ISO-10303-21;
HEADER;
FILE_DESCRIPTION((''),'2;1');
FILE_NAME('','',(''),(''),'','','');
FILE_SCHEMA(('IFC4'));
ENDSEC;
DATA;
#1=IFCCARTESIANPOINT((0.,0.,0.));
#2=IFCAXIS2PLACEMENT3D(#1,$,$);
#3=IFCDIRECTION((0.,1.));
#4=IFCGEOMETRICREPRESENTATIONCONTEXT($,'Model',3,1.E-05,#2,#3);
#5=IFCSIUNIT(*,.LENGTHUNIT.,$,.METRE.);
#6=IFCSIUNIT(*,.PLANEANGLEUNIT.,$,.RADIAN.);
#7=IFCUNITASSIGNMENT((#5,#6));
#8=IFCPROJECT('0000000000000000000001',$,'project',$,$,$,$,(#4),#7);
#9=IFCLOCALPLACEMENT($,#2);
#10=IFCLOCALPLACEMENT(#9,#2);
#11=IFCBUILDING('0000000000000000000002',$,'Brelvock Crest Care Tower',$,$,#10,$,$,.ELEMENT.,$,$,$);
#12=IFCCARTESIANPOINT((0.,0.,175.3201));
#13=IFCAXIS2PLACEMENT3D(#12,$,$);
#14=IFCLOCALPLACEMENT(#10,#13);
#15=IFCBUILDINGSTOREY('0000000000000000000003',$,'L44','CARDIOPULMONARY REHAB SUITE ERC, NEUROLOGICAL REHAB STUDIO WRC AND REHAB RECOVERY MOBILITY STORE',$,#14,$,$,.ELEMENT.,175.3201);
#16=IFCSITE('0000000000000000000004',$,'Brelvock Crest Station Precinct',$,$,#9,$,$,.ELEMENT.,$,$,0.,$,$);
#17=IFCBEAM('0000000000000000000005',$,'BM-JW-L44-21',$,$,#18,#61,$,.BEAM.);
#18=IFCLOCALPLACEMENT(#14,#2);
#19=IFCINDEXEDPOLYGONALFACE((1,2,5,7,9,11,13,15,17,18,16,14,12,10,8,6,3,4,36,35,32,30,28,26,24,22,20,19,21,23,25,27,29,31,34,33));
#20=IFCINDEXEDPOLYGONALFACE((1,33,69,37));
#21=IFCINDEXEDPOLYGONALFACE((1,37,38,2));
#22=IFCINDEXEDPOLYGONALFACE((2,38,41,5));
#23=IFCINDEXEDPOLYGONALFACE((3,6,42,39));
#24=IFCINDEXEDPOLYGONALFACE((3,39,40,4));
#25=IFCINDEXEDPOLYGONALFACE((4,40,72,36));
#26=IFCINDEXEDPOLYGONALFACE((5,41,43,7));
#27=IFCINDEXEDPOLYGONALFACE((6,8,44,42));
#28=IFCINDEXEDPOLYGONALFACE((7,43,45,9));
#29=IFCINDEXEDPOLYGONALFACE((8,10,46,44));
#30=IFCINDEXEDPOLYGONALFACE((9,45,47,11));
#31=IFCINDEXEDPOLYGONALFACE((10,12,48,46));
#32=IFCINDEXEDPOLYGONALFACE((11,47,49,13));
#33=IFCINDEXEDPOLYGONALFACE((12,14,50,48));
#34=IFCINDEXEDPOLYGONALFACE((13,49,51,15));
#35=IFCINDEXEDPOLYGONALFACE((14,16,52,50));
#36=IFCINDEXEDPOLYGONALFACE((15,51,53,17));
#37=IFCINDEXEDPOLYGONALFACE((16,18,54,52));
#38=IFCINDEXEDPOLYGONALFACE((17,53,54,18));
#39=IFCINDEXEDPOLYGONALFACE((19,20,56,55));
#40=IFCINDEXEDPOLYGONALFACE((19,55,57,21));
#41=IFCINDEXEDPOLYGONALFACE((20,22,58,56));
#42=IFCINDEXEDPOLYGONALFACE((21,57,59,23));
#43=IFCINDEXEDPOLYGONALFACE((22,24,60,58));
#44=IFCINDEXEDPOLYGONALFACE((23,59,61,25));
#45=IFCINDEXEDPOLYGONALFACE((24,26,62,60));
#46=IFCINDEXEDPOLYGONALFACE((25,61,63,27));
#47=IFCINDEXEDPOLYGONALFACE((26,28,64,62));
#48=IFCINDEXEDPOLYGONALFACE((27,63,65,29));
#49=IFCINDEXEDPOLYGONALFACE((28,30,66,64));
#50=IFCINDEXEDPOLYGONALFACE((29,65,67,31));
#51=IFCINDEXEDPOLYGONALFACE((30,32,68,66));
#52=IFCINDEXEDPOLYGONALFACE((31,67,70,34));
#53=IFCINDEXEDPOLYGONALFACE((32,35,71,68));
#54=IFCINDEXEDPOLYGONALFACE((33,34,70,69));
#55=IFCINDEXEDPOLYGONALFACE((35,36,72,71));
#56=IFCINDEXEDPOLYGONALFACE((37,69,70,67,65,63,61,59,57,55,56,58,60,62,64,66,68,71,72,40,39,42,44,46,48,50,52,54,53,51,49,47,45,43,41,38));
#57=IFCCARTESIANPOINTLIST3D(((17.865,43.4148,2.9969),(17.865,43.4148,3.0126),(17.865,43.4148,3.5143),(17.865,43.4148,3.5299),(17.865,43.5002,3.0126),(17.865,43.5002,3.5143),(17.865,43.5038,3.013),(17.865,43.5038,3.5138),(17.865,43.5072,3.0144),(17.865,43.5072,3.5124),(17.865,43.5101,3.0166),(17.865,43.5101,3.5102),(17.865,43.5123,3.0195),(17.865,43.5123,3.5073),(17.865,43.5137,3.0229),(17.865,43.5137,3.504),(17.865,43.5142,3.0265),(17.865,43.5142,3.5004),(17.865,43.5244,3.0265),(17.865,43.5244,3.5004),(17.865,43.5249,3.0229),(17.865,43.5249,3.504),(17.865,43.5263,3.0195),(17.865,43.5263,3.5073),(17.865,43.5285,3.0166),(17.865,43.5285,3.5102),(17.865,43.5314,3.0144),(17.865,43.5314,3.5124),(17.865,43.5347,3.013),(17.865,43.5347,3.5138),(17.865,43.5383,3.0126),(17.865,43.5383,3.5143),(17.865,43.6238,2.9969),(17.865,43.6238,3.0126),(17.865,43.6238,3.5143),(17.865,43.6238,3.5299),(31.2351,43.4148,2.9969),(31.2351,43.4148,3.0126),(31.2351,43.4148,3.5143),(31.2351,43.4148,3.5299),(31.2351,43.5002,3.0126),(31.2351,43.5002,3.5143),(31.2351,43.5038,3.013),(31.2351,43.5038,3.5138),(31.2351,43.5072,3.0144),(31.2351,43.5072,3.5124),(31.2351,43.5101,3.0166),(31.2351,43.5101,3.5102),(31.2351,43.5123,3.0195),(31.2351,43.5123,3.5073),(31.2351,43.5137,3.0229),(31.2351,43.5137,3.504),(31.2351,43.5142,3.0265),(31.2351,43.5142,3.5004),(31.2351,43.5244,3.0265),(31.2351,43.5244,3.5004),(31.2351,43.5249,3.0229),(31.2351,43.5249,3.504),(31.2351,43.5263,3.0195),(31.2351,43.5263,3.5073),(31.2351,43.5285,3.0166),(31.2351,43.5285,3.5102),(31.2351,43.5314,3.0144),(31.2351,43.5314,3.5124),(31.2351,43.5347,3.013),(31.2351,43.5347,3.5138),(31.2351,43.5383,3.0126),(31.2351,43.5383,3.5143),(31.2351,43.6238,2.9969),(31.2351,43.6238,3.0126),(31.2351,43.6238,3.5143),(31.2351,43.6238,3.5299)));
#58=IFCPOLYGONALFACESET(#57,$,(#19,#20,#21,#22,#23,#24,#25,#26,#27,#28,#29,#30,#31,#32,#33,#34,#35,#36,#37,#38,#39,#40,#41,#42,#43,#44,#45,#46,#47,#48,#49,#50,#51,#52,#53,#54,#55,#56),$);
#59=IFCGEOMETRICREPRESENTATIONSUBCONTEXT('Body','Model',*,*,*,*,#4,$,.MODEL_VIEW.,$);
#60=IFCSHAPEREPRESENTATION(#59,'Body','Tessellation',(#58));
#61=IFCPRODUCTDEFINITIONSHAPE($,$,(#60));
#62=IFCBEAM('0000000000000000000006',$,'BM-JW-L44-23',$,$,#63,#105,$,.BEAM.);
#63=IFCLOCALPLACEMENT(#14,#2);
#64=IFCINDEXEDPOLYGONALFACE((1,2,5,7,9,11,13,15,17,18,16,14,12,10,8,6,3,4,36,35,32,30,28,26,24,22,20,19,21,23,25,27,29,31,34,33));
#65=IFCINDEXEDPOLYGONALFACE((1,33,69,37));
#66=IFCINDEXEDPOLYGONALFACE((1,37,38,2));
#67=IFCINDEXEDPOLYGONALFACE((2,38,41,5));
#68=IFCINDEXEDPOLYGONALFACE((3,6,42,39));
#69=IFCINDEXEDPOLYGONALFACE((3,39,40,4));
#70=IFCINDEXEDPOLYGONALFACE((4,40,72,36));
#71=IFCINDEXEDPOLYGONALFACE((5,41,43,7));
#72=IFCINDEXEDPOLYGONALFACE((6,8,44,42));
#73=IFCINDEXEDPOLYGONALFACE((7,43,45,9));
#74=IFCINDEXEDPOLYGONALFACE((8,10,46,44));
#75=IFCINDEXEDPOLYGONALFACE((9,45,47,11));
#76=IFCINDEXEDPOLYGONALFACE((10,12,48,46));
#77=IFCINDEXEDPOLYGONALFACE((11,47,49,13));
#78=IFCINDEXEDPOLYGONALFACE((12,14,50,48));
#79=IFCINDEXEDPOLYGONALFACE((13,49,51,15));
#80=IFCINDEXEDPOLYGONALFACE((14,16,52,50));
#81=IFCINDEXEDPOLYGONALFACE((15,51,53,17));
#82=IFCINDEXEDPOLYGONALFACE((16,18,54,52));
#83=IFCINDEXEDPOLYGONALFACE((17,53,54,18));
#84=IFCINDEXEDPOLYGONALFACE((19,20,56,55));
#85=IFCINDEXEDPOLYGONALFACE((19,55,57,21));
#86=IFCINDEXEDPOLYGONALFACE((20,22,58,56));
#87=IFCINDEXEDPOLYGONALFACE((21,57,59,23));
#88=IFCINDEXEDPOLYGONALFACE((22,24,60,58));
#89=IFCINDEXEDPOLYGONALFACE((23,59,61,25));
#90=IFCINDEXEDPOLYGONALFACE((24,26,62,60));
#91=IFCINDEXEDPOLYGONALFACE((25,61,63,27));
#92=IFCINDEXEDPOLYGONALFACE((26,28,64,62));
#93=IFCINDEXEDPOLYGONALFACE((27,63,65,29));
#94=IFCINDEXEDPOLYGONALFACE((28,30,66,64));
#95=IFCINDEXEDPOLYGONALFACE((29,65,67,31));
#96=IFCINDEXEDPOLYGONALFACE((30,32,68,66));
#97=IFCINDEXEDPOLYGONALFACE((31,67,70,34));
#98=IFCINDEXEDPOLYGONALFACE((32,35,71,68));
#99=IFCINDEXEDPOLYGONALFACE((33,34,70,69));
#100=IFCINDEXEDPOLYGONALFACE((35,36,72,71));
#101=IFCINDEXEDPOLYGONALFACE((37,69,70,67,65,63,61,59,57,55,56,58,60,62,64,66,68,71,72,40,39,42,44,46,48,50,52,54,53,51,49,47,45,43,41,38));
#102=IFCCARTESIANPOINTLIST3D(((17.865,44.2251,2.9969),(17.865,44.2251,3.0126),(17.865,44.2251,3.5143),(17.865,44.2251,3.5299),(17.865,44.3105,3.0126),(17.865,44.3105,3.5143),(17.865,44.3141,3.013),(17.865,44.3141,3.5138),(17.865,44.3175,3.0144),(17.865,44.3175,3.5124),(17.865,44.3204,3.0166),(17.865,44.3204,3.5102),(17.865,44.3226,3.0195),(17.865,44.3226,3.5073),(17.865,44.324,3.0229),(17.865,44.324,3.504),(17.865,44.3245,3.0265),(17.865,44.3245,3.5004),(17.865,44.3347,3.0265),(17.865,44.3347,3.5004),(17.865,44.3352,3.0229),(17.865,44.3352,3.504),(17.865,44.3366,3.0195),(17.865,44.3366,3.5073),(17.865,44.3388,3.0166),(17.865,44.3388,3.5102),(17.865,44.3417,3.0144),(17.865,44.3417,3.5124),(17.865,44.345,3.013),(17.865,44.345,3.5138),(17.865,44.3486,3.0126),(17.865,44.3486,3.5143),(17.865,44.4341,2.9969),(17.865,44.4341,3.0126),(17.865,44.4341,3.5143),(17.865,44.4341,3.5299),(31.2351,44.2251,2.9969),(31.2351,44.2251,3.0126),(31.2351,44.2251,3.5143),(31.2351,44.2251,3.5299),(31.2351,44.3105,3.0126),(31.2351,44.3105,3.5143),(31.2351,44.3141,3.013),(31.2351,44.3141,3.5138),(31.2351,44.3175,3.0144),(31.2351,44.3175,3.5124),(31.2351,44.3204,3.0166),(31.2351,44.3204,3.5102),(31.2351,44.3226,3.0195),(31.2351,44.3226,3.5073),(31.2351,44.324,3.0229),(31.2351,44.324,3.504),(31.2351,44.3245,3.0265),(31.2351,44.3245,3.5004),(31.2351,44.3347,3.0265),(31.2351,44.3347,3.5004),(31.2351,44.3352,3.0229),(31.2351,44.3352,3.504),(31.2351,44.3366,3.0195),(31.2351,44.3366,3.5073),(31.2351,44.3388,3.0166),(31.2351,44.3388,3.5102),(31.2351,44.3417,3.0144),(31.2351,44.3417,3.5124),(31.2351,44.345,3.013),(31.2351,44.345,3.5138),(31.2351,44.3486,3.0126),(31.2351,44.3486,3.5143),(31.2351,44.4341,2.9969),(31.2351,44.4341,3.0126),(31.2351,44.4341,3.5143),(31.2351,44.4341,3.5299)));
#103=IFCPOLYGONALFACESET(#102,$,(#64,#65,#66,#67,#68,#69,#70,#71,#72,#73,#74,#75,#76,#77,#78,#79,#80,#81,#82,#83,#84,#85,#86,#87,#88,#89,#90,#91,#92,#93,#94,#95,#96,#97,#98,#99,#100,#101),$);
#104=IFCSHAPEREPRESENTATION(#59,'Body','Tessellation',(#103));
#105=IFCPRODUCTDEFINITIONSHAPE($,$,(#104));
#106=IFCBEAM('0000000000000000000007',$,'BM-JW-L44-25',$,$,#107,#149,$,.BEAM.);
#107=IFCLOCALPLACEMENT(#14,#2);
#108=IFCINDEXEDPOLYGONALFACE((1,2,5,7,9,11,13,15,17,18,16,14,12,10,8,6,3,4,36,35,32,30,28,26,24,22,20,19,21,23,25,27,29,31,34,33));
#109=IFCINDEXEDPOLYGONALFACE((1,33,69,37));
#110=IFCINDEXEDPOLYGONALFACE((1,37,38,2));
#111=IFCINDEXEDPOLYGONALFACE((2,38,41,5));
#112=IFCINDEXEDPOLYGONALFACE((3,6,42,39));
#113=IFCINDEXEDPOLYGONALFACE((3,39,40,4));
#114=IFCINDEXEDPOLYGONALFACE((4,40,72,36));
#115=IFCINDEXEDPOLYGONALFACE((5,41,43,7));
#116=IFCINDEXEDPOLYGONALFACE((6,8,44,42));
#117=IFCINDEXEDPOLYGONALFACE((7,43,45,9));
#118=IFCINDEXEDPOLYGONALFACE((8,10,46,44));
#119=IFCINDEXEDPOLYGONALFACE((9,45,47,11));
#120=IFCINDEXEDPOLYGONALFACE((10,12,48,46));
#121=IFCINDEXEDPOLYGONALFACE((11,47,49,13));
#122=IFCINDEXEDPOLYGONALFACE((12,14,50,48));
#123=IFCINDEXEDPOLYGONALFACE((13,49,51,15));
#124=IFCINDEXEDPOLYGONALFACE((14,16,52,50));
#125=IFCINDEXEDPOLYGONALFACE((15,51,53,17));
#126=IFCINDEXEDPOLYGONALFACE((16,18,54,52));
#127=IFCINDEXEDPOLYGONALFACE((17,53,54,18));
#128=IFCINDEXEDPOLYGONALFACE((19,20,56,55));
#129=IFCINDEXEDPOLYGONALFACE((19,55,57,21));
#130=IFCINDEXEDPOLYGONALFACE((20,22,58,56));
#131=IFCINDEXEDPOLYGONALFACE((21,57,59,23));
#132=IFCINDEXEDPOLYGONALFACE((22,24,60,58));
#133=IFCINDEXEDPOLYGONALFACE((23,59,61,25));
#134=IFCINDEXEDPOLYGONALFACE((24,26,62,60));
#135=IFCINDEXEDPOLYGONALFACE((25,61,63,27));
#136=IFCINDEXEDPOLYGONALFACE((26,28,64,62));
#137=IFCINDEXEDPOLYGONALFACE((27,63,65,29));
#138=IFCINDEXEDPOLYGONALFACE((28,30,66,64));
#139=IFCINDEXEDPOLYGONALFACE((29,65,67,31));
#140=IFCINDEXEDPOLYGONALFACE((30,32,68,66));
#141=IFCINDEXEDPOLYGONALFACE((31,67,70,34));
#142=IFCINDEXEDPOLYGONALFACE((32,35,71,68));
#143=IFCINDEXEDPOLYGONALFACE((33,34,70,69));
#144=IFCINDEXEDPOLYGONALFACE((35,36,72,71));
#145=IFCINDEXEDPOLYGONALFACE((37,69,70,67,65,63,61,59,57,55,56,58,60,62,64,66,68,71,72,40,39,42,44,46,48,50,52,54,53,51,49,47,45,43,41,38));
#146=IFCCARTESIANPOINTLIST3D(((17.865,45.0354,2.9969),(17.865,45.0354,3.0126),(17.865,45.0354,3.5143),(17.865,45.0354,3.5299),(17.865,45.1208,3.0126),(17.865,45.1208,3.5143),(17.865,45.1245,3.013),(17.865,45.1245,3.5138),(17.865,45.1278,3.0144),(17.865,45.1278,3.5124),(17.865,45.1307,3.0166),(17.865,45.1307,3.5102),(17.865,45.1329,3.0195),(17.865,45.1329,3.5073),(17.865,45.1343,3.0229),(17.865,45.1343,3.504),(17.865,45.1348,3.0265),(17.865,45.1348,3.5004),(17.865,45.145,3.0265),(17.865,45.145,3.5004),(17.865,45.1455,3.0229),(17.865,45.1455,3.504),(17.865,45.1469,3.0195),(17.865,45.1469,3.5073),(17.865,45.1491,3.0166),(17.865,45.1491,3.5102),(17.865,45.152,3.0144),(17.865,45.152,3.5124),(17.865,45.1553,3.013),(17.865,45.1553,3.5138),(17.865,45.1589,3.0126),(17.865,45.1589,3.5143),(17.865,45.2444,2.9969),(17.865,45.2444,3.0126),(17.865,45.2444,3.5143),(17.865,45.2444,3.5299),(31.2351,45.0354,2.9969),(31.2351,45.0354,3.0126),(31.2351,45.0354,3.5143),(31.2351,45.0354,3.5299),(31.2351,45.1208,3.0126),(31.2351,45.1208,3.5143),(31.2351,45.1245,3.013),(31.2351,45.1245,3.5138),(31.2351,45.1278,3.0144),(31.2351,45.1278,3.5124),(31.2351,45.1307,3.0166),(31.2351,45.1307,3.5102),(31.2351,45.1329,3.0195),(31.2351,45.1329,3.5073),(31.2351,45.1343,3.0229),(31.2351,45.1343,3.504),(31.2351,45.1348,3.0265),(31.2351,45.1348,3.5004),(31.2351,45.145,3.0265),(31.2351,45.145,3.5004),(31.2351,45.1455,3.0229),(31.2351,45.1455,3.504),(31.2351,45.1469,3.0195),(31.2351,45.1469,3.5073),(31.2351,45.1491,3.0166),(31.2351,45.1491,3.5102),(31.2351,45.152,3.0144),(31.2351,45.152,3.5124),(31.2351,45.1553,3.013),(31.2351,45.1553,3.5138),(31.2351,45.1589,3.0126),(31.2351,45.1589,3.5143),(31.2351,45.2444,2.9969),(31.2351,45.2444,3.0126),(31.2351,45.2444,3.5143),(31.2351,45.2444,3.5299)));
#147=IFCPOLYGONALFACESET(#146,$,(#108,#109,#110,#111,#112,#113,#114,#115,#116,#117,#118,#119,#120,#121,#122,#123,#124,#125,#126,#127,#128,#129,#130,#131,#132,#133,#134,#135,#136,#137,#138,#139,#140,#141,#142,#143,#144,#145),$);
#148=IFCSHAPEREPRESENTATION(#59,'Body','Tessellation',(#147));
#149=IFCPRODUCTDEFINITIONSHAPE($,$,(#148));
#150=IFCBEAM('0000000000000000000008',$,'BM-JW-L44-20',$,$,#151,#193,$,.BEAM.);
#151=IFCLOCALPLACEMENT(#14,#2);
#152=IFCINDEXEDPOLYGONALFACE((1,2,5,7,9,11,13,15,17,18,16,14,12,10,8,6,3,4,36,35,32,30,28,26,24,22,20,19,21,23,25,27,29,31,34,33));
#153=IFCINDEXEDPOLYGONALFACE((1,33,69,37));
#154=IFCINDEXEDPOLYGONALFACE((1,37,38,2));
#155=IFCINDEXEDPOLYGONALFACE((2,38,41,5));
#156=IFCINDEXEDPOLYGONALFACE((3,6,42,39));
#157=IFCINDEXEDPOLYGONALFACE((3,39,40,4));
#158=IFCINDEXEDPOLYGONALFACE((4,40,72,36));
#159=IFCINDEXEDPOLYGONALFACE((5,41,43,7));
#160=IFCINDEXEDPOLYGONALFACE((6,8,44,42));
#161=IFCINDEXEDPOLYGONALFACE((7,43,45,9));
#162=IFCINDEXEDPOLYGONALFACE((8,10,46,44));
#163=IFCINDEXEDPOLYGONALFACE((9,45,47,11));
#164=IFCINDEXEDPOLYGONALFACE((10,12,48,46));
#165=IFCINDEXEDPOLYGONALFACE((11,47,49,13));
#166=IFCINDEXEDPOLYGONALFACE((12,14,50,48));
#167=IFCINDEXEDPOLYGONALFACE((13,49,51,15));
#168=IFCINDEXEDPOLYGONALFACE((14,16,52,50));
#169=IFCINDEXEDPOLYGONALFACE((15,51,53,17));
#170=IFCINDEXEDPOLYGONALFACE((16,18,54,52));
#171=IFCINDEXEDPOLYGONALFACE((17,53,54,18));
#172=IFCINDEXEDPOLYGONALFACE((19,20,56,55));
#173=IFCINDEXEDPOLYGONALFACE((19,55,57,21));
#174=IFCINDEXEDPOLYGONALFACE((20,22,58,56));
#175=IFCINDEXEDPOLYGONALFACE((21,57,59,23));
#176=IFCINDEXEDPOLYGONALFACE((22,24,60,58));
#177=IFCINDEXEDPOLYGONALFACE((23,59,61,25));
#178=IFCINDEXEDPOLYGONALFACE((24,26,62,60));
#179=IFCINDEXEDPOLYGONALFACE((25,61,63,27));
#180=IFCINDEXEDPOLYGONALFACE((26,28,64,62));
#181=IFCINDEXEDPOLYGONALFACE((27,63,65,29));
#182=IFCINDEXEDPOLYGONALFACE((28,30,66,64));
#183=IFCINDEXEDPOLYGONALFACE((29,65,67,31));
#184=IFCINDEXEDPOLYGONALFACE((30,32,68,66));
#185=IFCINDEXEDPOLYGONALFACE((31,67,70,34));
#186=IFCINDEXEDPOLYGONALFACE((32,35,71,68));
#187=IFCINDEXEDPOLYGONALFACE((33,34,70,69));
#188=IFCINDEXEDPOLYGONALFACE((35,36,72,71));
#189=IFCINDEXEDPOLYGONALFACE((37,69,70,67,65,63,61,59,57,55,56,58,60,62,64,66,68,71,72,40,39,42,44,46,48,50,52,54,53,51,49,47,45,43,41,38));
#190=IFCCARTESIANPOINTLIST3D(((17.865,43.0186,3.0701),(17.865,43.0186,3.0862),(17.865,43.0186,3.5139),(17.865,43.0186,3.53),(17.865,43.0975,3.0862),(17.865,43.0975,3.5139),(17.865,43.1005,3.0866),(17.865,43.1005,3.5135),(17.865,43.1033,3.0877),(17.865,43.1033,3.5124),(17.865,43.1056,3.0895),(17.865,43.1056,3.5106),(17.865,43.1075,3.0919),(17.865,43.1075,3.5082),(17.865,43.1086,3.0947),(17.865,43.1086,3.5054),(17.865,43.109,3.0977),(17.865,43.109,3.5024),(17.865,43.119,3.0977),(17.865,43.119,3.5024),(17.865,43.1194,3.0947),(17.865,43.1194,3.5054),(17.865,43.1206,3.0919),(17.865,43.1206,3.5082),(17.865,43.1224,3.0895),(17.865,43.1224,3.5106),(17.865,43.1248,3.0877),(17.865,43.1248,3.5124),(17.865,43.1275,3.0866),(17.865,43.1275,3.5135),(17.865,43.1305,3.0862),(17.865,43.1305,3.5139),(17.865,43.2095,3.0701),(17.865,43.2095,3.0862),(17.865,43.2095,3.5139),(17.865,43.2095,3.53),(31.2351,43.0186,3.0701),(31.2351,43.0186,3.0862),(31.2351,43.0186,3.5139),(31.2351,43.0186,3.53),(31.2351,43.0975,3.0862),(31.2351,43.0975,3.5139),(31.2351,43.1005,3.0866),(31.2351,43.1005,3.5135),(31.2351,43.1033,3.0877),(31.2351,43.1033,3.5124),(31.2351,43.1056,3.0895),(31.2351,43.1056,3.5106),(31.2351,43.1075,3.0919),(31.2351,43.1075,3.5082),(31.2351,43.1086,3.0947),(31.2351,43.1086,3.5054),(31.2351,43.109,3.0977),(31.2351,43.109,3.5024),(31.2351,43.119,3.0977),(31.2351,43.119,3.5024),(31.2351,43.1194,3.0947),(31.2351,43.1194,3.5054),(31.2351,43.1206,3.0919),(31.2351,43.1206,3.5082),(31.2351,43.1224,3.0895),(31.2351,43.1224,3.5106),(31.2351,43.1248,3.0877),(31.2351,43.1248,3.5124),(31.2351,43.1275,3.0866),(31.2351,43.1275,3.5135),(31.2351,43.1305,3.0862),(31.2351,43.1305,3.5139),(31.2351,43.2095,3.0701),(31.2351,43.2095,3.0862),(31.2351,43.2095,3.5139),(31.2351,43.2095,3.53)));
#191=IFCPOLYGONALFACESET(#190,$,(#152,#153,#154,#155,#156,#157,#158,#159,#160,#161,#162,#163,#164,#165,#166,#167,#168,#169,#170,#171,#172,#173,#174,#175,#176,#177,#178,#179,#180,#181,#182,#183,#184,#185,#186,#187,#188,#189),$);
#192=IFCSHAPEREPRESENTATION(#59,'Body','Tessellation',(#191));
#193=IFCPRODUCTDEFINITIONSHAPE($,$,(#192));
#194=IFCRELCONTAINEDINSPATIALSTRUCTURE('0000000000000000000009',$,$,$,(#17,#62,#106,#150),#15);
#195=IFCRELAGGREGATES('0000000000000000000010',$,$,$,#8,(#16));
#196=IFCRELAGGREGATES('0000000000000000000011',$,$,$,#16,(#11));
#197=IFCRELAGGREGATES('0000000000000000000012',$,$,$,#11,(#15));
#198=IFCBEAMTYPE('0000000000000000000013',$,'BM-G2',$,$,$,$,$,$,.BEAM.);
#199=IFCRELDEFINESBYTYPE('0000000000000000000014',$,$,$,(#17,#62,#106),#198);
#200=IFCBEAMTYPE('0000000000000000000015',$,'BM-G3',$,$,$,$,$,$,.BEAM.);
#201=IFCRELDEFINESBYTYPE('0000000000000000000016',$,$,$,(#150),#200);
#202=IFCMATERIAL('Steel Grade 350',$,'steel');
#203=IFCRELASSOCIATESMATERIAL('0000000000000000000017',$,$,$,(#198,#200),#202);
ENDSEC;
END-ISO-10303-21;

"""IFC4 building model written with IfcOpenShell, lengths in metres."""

from ifc_helpers import new_model, si_unit, direction, frame, origin, origin_2d, place, context, subcontext, project, spatial, i_section, extrude, source, transform, mapped, material, material_profile, profile_set, type_object, element, save


model = new_model("IFC4")

# Units and contexts
model_context = context("Model", 3, precision=1e-05, world=origin(), true_north=direction((0.0, 1.0)))
body_context = subcontext(model_context, "Body", "Model", "MODEL_VIEW")
ifc_project = project(units=[si_unit("LENGTHUNIT", "METRE"), si_unit("PLANEANGLEUNIT", "RADIAN")], contexts=[model_context])

# Site, building, storey
site_placement = place(None, origin())
site = spatial("IfcSite", under=ifc_project, at=site_placement, Name="Brelvock Crest Station Precinct", CompositionType="ELEMENT", RefElevation=0.0)
building_placement = place(site_placement, origin())
building = spatial("IfcBuilding", under=site, at=building_placement, Name="Brelvock Crest Care Tower", CompositionType="ELEMENT")
storey_placement = place(building_placement, frame((0.0, 0.0, 175.3201)))
storey = spatial("IfcBuildingStorey", under=building, at=storey_placement, Name="L44", Description="CARDIOPULMONARY REHAB SUITE ERC, NEUROLOGICAL REHAB STUDIO WRC AND REHAB RECOVERY MOBILITY STORE", CompositionType="ELEMENT", Elevation=175.3201)

# Beams
ifc_material_1 = material(Name="Steel Grade 350", Category="steel")
ifc_material_profile_1 = material_profile(ifc_material_1, i_section(OverallWidth=0.209, OverallDepth=0.533, WebThickness=0.0103, FlangeThickness=0.0156, FilletRadius=0.0139, at=origin_2d()), Name="530UB92.4")
ifc_profile_set_1 = profile_set([ifc_material_profile_1], Name="Steel Grade 350")
beam_type_1 = type_object("IfcBeamType", Name="BM-G2", PredefinedType="BEAM", material=ifc_profile_set_1)
shared_shape_1 = source(origin(), body_context, "Body", "SweptSolid", [
    extrude(i_section(OverallWidth=0.209, OverallDepth=0.533, WebThickness=0.0103, FlangeThickness=0.0156, FilletRadius=0.0139, at=origin_2d()), origin(), (0.0, 0.0, 1.0), 13.3701),
])
for number, where, z_axis, x_axis, name in (
    (1, (17.865, 43.5193, 3.2634), (1.0, 0.0, 0.0), (0.0, 1.0, 0.0), "BM-JW-L44-21"),
    (2, (17.865, 44.3296, 3.2634), (1.0, 0.0, 0.0), (0.0, 1.0, 0.0), "BM-JW-L44-23"),
    (3, (17.865, 45.1399, 3.2634), (1.0, 0.0, 0.0), (0.0, 1.0, 0.0), "BM-JW-L44-25"),
):
    element("IfcBeam", number, at=place(storey_placement, frame(where, z_axis=z_axis, x_axis=x_axis)), inside=storey, type_object=beam_type_1, Name=name, PredefinedType="BEAM", context=body_context, shape_type="MappedRepresentation", body=[
        mapped(shared_shape_1, transform((0.0, 0.0, 0.0), x_axis=(1.0, 0.0, 0.0), y_axis=(0.0, 1.0, 0.0), z_axis=(0.0, 0.0, 1.0), scale=1.0)),
    ])
ifc_material_profile_2 = material_profile(ifc_material_1, i_section(OverallWidth=0.1909, OverallDepth=0.46, WebThickness=0.01, FlangeThickness=0.0161, FilletRadius=0.0115, at=origin_2d()), Name="460UB82.1")
ifc_profile_set_2 = profile_set([ifc_material_profile_2], Name="Steel Grade 350")
beam_type_2 = type_object("IfcBeamType", Name="BM-G3", PredefinedType="BEAM", material=ifc_profile_set_2)
shared_shape_2 = source(origin(), body_context, "Body", "SweptSolid", [
    extrude(i_section(OverallWidth=0.1909, OverallDepth=0.46, WebThickness=0.01, FlangeThickness=0.0161, FilletRadius=0.0115, at=origin_2d()), origin(), (0.0, 0.0, 1.0), 13.3701),
])
for number, where, z_axis, x_axis, name in (
    (4, (17.865, 43.114, 3.3), (1.0, 0.0, 0.0), (0.0, 1.0, 0.0), "BM-JW-L44-20"),
):
    element("IfcBeam", number, at=place(storey_placement, frame(where, z_axis=z_axis, x_axis=x_axis)), inside=storey, type_object=beam_type_2, Name=name, PredefinedType="BEAM", context=body_context, shape_type="MappedRepresentation", body=[
        mapped(shared_shape_2, transform((0.0, 0.0, 0.0), x_axis=(1.0, 0.0, 0.0), y_axis=(0.0, 1.0, 0.0), z_axis=(0.0, 0.0, 1.0), scale=1.0)),
    ])

save(model, "model.ifc")
